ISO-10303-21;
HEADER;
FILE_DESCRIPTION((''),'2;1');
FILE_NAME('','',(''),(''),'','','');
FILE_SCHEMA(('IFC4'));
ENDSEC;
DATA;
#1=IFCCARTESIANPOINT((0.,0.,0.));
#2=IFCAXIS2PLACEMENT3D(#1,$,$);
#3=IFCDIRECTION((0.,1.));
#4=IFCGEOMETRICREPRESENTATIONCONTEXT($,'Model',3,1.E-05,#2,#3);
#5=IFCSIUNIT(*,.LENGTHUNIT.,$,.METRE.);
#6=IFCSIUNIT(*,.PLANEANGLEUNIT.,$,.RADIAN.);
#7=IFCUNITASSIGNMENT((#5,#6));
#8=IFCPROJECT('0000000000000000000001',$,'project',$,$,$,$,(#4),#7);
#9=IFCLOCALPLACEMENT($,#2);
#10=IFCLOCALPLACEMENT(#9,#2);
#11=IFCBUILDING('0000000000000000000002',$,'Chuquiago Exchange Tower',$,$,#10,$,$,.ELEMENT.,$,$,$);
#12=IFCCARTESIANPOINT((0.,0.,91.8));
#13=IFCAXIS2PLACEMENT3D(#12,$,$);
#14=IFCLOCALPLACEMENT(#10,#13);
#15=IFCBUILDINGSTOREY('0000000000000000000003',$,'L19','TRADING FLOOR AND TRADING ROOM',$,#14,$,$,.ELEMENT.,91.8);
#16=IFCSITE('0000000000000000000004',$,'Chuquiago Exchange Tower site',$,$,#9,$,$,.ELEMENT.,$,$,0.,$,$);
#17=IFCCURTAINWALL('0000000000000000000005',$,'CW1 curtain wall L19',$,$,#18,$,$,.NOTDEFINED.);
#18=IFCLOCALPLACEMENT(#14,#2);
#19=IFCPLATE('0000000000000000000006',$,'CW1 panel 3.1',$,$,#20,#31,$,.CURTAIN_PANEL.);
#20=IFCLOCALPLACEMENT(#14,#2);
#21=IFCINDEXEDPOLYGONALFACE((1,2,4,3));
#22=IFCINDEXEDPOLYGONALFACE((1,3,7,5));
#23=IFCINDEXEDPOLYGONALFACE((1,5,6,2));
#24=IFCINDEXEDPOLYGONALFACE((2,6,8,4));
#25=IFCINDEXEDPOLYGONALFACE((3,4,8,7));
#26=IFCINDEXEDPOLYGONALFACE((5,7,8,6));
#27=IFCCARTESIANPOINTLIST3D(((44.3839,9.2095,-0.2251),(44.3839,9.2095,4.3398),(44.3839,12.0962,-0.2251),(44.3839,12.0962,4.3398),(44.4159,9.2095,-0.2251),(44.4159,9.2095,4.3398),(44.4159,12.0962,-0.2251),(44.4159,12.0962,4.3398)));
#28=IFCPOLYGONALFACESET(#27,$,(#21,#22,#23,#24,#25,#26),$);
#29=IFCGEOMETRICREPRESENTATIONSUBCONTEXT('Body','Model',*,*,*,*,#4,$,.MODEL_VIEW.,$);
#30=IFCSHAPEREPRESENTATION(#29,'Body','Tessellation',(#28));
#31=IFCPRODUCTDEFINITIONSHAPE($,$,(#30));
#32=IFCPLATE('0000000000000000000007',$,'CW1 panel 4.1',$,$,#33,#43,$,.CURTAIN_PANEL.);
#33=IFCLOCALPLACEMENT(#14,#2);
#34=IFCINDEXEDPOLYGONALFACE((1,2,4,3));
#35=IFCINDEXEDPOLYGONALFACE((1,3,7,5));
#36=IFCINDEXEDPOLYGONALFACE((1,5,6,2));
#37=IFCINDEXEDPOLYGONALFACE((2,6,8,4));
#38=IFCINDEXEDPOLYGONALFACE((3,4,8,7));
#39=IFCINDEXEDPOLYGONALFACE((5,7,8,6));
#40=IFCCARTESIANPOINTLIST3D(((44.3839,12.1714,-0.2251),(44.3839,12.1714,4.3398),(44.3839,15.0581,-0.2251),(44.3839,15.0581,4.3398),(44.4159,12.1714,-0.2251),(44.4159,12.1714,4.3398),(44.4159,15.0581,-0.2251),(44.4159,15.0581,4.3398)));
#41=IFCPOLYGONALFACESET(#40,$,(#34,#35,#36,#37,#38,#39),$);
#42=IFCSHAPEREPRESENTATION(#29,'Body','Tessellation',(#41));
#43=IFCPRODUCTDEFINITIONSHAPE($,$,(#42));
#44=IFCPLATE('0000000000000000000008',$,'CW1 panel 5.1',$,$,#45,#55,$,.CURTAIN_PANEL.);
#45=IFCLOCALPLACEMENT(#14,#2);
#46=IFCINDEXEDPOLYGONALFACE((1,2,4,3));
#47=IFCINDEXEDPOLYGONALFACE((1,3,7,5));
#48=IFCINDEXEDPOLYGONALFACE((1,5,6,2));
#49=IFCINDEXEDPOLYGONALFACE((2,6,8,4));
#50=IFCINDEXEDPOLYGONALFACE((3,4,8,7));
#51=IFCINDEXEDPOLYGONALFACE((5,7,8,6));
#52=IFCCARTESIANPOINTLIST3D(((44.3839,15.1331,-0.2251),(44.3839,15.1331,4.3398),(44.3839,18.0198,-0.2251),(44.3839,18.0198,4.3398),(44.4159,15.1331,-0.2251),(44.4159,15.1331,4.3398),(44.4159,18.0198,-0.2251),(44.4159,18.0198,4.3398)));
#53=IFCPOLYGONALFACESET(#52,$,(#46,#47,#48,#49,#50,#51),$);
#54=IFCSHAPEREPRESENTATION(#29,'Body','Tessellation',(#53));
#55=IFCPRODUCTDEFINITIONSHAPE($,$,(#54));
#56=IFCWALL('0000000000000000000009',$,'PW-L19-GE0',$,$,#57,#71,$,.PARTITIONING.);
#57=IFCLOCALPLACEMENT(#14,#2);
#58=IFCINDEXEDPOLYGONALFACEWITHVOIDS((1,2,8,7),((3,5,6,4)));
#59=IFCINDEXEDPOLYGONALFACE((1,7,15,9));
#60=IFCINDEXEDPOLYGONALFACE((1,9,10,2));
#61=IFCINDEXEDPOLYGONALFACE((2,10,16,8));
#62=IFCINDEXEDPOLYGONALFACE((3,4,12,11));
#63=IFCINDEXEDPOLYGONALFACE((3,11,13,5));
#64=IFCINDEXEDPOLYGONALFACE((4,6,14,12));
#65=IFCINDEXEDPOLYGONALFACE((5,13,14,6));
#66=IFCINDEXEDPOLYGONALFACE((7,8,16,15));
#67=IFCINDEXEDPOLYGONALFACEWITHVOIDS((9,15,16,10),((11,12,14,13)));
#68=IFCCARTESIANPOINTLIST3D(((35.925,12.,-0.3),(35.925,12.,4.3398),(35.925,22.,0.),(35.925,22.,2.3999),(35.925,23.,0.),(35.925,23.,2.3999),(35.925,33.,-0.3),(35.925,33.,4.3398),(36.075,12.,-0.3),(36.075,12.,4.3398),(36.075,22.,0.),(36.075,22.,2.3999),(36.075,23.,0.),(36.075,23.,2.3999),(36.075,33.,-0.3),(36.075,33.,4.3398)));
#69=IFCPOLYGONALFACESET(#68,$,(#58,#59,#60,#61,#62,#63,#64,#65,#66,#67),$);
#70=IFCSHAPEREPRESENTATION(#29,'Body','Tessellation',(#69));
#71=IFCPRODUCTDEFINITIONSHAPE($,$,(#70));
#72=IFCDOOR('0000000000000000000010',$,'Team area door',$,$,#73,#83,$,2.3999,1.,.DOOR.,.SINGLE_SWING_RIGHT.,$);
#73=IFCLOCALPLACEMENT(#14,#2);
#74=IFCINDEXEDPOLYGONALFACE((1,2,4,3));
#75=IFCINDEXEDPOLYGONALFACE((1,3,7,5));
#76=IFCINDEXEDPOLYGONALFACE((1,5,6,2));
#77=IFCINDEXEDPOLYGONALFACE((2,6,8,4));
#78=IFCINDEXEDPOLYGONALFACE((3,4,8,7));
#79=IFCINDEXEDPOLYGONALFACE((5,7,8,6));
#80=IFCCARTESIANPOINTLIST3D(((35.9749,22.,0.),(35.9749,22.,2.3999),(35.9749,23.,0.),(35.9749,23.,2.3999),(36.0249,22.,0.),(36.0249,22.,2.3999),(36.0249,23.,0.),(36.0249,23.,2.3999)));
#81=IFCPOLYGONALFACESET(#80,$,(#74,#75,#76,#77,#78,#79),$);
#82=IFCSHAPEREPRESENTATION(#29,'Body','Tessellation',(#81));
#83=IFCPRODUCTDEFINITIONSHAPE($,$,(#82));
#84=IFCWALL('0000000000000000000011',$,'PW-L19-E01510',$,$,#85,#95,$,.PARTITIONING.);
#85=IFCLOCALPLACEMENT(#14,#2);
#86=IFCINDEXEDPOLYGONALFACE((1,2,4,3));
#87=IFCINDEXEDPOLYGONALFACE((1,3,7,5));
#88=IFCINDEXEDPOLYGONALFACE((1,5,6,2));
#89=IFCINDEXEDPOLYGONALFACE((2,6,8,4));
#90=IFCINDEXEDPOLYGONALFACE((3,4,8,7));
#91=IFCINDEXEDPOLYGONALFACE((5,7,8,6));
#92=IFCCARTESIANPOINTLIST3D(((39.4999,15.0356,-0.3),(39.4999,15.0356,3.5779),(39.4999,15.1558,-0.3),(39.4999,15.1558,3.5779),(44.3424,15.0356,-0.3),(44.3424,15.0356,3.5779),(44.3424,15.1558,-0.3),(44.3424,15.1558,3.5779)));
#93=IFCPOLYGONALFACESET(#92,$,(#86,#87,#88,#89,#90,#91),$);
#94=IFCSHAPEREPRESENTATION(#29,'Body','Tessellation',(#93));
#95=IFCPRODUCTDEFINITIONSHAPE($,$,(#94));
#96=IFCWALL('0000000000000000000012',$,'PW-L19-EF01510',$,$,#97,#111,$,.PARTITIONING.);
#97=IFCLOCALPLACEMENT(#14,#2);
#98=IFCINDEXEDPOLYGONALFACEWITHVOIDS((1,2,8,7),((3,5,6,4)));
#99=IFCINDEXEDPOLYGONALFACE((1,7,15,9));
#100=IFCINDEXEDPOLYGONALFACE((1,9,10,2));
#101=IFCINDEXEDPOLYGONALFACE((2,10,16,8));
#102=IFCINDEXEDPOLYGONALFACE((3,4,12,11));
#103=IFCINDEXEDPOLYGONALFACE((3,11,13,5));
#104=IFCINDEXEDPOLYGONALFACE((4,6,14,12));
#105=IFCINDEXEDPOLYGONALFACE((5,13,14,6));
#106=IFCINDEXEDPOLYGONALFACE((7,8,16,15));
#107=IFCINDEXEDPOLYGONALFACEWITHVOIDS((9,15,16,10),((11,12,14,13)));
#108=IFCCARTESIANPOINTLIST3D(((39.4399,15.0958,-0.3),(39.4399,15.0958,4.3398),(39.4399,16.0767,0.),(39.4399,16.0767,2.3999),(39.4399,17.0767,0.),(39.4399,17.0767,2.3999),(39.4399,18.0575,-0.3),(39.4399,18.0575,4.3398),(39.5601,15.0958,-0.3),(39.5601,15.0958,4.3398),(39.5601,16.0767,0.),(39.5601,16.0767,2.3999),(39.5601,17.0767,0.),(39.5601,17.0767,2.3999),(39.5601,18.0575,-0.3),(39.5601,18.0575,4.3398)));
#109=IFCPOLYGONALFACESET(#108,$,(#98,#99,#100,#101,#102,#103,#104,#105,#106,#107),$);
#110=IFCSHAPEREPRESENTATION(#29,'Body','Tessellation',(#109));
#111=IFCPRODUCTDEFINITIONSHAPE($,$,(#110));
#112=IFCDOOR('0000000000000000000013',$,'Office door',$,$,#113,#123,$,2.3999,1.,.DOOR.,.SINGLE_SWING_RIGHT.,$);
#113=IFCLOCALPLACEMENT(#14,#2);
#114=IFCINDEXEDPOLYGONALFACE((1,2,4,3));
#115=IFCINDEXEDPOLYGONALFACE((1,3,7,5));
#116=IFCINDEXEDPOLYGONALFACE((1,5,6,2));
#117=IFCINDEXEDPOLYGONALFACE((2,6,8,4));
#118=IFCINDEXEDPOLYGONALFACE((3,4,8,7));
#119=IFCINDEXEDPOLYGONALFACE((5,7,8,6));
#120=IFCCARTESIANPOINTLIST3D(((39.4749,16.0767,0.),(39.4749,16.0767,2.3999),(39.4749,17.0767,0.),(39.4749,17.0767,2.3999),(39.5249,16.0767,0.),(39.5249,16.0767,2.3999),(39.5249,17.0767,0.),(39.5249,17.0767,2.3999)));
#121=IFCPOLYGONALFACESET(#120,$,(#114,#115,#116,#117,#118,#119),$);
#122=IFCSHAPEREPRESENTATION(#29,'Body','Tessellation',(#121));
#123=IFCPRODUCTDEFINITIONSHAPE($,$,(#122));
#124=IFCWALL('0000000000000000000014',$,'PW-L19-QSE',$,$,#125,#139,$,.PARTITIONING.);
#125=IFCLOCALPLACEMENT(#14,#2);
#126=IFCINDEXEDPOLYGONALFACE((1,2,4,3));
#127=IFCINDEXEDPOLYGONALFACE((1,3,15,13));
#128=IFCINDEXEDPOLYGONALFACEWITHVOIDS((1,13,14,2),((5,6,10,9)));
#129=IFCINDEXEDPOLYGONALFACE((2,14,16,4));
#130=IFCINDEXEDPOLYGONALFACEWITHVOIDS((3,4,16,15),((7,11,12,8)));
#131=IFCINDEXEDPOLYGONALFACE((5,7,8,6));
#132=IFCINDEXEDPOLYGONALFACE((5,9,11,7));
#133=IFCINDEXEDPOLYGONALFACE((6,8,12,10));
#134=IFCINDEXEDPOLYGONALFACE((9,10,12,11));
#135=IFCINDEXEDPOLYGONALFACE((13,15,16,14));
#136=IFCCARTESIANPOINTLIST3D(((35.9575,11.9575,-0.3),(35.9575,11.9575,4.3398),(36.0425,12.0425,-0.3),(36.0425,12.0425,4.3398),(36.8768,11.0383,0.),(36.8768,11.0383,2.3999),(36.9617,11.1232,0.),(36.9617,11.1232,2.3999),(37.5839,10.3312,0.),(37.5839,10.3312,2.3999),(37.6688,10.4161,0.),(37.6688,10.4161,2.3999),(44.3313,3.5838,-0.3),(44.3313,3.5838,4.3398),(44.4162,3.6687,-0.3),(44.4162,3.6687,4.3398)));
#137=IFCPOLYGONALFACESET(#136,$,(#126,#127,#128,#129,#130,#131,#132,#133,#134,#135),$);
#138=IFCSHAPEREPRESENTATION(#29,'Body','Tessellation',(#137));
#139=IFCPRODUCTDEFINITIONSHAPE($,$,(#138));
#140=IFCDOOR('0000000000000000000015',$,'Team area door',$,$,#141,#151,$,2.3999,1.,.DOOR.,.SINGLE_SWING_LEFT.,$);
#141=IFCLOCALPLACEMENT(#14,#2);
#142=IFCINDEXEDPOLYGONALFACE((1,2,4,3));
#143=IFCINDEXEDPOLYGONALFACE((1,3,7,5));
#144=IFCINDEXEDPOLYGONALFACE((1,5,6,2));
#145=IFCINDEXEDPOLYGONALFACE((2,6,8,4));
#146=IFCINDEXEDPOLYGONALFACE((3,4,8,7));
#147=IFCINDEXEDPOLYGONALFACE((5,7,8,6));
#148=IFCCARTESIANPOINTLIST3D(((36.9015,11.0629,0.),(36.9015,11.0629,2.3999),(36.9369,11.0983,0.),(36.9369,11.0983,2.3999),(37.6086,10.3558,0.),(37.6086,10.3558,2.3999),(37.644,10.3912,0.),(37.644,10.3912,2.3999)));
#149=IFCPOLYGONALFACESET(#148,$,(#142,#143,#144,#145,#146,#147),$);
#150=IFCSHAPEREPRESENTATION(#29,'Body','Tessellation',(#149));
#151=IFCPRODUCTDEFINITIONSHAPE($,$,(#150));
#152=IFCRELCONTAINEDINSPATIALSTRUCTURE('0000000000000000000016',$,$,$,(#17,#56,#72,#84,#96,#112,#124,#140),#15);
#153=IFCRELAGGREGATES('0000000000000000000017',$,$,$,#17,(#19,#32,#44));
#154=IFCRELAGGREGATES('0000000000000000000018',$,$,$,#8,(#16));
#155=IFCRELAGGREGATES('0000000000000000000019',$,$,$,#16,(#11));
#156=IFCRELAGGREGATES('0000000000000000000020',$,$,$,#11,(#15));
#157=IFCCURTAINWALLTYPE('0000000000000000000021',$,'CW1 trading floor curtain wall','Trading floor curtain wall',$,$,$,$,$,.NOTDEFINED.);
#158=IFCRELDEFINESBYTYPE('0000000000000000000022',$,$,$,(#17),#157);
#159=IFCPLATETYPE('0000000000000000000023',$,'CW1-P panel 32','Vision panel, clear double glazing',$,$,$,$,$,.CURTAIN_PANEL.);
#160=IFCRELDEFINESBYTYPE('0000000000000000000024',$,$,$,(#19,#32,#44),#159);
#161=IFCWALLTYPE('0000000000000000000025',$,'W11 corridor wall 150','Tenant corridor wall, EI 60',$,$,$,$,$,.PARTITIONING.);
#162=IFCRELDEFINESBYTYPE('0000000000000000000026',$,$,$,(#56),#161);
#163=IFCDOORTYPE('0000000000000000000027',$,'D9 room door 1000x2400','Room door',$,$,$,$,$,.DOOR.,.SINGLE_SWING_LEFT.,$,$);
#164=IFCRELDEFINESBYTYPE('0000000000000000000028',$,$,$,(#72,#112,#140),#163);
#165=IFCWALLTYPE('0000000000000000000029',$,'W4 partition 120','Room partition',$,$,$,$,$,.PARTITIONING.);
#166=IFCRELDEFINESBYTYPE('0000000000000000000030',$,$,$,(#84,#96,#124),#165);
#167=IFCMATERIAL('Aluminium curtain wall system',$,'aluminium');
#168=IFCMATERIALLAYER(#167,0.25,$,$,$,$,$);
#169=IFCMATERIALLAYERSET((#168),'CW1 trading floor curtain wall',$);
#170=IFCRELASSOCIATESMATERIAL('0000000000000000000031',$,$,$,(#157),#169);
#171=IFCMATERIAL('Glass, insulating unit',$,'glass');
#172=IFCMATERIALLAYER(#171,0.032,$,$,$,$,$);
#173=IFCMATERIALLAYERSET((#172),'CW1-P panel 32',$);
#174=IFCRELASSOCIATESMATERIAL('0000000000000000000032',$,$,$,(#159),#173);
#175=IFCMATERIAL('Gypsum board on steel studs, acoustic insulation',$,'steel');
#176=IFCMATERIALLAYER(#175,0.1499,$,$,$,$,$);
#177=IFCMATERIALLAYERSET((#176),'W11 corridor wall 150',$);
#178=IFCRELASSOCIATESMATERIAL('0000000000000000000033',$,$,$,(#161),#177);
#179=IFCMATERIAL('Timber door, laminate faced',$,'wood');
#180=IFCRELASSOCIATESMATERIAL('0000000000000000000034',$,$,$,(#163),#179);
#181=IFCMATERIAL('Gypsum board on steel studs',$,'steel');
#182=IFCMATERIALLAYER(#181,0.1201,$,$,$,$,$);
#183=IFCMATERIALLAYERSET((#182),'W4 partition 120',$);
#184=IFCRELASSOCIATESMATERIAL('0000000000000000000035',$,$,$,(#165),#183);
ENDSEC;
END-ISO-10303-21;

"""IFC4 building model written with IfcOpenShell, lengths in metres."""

from ifc_helpers import new_model, si_unit, direction, frame, frame_2d, origin, origin_2d, place, context, subcontext, project, spatial, rectangle, extrude, material, layer, layer_set, type_object, element, fill, aggregate, save


model = new_model("IFC4")

# Units and contexts
model_context = context("Model", 3, precision=1e-05, world=origin(), true_north=direction((0.0, 1.0)))
body_context = subcontext(model_context, "Body", "Model", "MODEL_VIEW")
ifc_project = project(units=[si_unit("LENGTHUNIT", "METRE"), si_unit("PLANEANGLEUNIT", "RADIAN")], contexts=[model_context])

# Site, building, storey
site_placement = place(None, origin())
site = spatial("IfcSite", under=ifc_project, at=site_placement, Name="Chuquiago Exchange Tower site", CompositionType="ELEMENT", RefElevation=0.0)
building_placement = place(site_placement, origin())
building = spatial("IfcBuilding", under=site, at=building_placement, Name="Chuquiago Exchange Tower", CompositionType="ELEMENT")
storey_placement = place(building_placement, frame((0.0, 0.0, 91.8)))
storey = spatial("IfcBuildingStorey", under=building, at=storey_placement, Name="L19", Description="TRADING FLOOR AND TRADING ROOM", CompositionType="ELEMENT", Elevation=91.8)

# Curtain wall
ifc_material_1 = material(Name="Aluminium curtain wall system", Category="aluminium")
ifc_layer_1 = layer(ifc_material_1, 0.25)
ifc_layer_set_1 = layer_set([ifc_layer_1], Name="CW1 trading floor curtain wall")
curtain_wall_type = type_object("IfcCurtainWallType", Name="CW1 trading floor curtain wall", Description="Trading floor curtain wall", PredefinedType="NOTDEFINED", material=ifc_layer_set_1)
curtain_wall_placement = place(storey_placement, origin())
curtain_wall = element("IfcCurtainWall", 1, at=curtain_wall_placement, inside=storey, type_object=curtain_wall_type, Name="CW1 curtain wall L19", PredefinedType="NOTDEFINED")

# Plates
ifc_material_2 = material(Name="Glass, insulating unit", Category="glass")
ifc_layer_2 = layer(ifc_material_2, 0.032)
ifc_layer_set_2 = layer_set([ifc_layer_2], Name="CW1-P panel 32")
plate_type = type_object("IfcPlateType", Name="CW1-P panel 32", Description="Vision panel, clear double glazing", PredefinedType="CURTAIN_PANEL", material=ifc_layer_set_2)
plate_1_placement = place(storey_placement, frame((44.3999, 10.6528, -0.2251), z_axis=(0.0, 0.0, 1.0), x_axis=(0.0, 1.0, 0.0)))
plate_1 = element("IfcPlate", 2, at=plate_1_placement, type_object=plate_type, Name="CW1 panel 3.1", PredefinedType="CURTAIN_PANEL", context=body_context, shape_type="SweptSolid", body=[
    extrude(rectangle(XDim=2.8867, YDim=0.032, at=origin_2d()), origin(), (0.0, 0.0, 1.0), 4.5649),
])
plate_2_placement = place(storey_placement, frame((44.3999, 13.6147, -0.2251), z_axis=(0.0, 0.0, 1.0), x_axis=(0.0, 1.0, 0.0)))
plate_2 = element("IfcPlate", 3, at=plate_2_placement, type_object=plate_type, Name="CW1 panel 4.1", PredefinedType="CURTAIN_PANEL", context=body_context, shape_type="SweptSolid", body=[
    extrude(rectangle(XDim=2.8867, YDim=0.032, at=origin_2d()), origin(), (0.0, 0.0, 1.0), 4.5649),
])
plate_3_placement = place(storey_placement, frame((44.3999, 16.5764, -0.2251), z_axis=(0.0, 0.0, 1.0), x_axis=(0.0, 1.0, 0.0)))
plate_3 = element("IfcPlate", 4, at=plate_3_placement, type_object=plate_type, Name="CW1 panel 5.1", PredefinedType="CURTAIN_PANEL", context=body_context, shape_type="SweptSolid", body=[
    extrude(rectangle(XDim=2.8867, YDim=0.032, at=origin_2d()), origin(), (0.0, 0.0, 1.0), 4.5649),
])
aggregate(curtain_wall, [plate_1, plate_2, plate_3])

# Wall, opening, door
ifc_material_3 = material(Name="Gypsum board on steel studs, acoustic insulation", Category="steel")
ifc_layer_3 = layer(ifc_material_3, 0.1499)
ifc_layer_set_3 = layer_set([ifc_layer_3], Name="W11 corridor wall 150")
wall_type_1 = type_object("IfcWallType", Name="W11 corridor wall 150", Description="Tenant corridor wall, EI 60", PredefinedType="PARTITIONING", material=ifc_layer_set_3)
wall_1_placement = place(storey_placement, frame((36.0, 12.0, -0.3), z_axis=(0.0, 0.0, 1.0), x_axis=(0.0, 1.0, 0.0)))
wall_1 = element("IfcWall", 5, at=wall_1_placement, inside=storey, type_object=wall_type_1, Name="PW-L19-GE0", PredefinedType="PARTITIONING", context=body_context, shape_type="SweptSolid", body=[
    extrude(rectangle(XDim=21.0, YDim=0.1499, at=frame_2d((10.5, 0.0))), origin(), (0.0, 0.0, 1.0), 4.6399),
])
opening_1_placement = place(wall_1_placement, frame((10.0, 0.0, 0.3)))
opening_1 = element("IfcOpeningElement", 6, at=opening_1_placement, cuts=wall_1, PredefinedType="OPENING", context=body_context, shape_type="SweptSolid", body=[
    extrude(rectangle(XDim=1.0, YDim=2.3999, at=frame_2d((0.5, 1.2))), frame((0.0, 0.085, 0.0), z_axis=(0.0, -1.0, 0.0), x_axis=(1.0, 0.0, 0.0)), (0.0, 0.0, 1.0), 0.1699),
])
ifc_material_4 = material(Name="Timber door, laminate faced", Category="wood")
door_type = type_object("IfcDoorType", Name="D9 room door 1000x2400", Description="Room door", OperationType="SINGLE_SWING_LEFT", PredefinedType="DOOR", material=ifc_material_4)
door_1_placement = place(opening_1_placement, frame((1.0, 0.0, 0.0), z_axis=(0.0, 0.0, 1.0), x_axis=(-1.0, 0.0, 0.0)))
door_1 = element("IfcDoor", 7, at=door_1_placement, inside=storey, type_object=door_type, Name="Team area door", OperationType="SINGLE_SWING_RIGHT", OverallHeight=2.3999, OverallWidth=1.0, PredefinedType="DOOR", context=body_context, shape_type="SweptSolid", body=[
    extrude(rectangle(XDim=1.0, YDim=2.3999, at=frame_2d((0.5, 1.2))), frame((0.0, 0.0249, 0.0), z_axis=(0.0, -1.0, 0.0), x_axis=(1.0, 0.0, 0.0)), (0.0, 0.0, 1.0), 0.05),
])
fill(opening_1, door_1)

# Wall
ifc_material_5 = material(Name="Gypsum board on steel studs", Category="steel")
ifc_layer_4 = layer(ifc_material_5, 0.1201)
ifc_layer_set_4 = layer_set([ifc_layer_4], Name="W4 partition 120")
wall_type_2 = type_object("IfcWallType", Name="W4 partition 120", Description="Room partition", PredefinedType="PARTITIONING", material=ifc_layer_set_4)
wall_2_placement = place(storey_placement, frame((44.3425, 15.0957, -0.3), z_axis=(0.0, 0.0, 1.0), x_axis=(-1.0, 0.0, 0.0)))
element("IfcWall", 8, at=wall_2_placement, inside=storey, type_object=wall_type_2, Name="PW-L19-E01510", PredefinedType="PARTITIONING", context=body_context, shape_type="SweptSolid", body=[
    extrude(rectangle(XDim=4.8425, YDim=0.1201, at=frame_2d((2.4214, 0.0))), origin(), (0.0, 0.0, 1.0), 3.8779),
])

# Walls, openings, doors
wall_3_placement = place(storey_placement, frame((39.5, 15.0957, -0.3), z_axis=(0.0, 0.0, 1.0), x_axis=(0.0, 1.0, 0.0)))
wall_3 = element("IfcWall", 9, at=wall_3_placement, inside=storey, type_object=wall_type_2, Name="PW-L19-EF01510", PredefinedType="PARTITIONING", context=body_context, shape_type="SweptSolid", body=[
    extrude(rectangle(XDim=2.9617, YDim=0.1201, at=frame_2d((1.481, 0.0))), origin(), (0.0, 0.0, 1.0), 4.6399),
])
opening_2_placement = place(wall_3_placement, frame((0.981, 0.0, 0.3)))
opening_2 = element("IfcOpeningElement", 10, at=opening_2_placement, cuts=wall_3, PredefinedType="OPENING", context=body_context, shape_type="SweptSolid", body=[
    extrude(rectangle(XDim=1.0, YDim=2.3999, at=frame_2d((0.5, 1.2))), frame((0.0, 0.0701, 0.0), z_axis=(0.0, -1.0, 0.0), x_axis=(1.0, 0.0, 0.0)), (0.0, 0.0, 1.0), 0.1401),
])
door_2_placement = place(opening_2_placement, frame((1.0, 0.0, 0.0), z_axis=(0.0, 0.0, 1.0), x_axis=(-1.0, 0.0, 0.0)))
door_2 = element("IfcDoor", 11, at=door_2_placement, inside=storey, type_object=door_type, Name="Office door", OperationType="SINGLE_SWING_RIGHT", OverallHeight=2.3999, OverallWidth=1.0, PredefinedType="DOOR", context=body_context, shape_type="SweptSolid", body=[
    extrude(rectangle(XDim=1.0, YDim=2.3999, at=frame_2d((0.5, 1.2))), frame((0.0, 0.0249, 0.0), z_axis=(0.0, -1.0, 0.0), x_axis=(1.0, 0.0, 0.0)), (0.0, 0.0, 1.0), 0.05),
])
fill(opening_2, door_2)
wall_4_placement = place(storey_placement, frame((36.0, 12.0, -0.3), z_axis=(0.0, 0.0, 1.0), x_axis=(0.707107, -0.707107, 0.0)))
wall_4 = element("IfcWall", 12, at=wall_4_placement, inside=storey, type_object=wall_type_2, Name="PW-L19-QSE", PredefinedType="PARTITIONING", context=body_context, shape_type="SweptSolid", body=[
    extrude(rectangle(XDim=11.8423, YDim=0.1201, at=frame_2d((5.9211, 0.0))), origin(), (0.0, 0.0, 1.0), 4.6399),
])
opening_3_placement = place(wall_4_placement, frame((1.3, 0.0, 0.3)))
opening_3 = element("IfcOpeningElement", 13, at=opening_3_placement, cuts=wall_4, PredefinedType="OPENING", context=body_context, shape_type="SweptSolid", body=[
    extrude(rectangle(XDim=1.0, YDim=2.3999, at=frame_2d((0.5, 1.2))), frame((0.0, 0.0701, 0.0), z_axis=(0.0, -1.0, 0.0), x_axis=(1.0, 0.0, 0.0)), (0.0, 0.0, 1.0), 0.1401),
])
door_3_placement = place(opening_3_placement, origin())
door_3 = element("IfcDoor", 14, at=door_3_placement, inside=storey, type_object=door_type, Name="Team area door", OperationType="SINGLE_SWING_LEFT", OverallHeight=2.3999, OverallWidth=1.0, PredefinedType="DOOR", context=body_context, shape_type="SweptSolid", body=[
    extrude(rectangle(XDim=1.0, YDim=2.3999, at=frame_2d((0.5, 1.2))), frame((0.0, 0.0249, 0.0), z_axis=(0.0, -1.0, 0.0), x_axis=(1.0, 0.0, 0.0)), (0.0, 0.0, 1.0), 0.05),
])
fill(opening_3, door_3)

save(model, "model.ifc")
